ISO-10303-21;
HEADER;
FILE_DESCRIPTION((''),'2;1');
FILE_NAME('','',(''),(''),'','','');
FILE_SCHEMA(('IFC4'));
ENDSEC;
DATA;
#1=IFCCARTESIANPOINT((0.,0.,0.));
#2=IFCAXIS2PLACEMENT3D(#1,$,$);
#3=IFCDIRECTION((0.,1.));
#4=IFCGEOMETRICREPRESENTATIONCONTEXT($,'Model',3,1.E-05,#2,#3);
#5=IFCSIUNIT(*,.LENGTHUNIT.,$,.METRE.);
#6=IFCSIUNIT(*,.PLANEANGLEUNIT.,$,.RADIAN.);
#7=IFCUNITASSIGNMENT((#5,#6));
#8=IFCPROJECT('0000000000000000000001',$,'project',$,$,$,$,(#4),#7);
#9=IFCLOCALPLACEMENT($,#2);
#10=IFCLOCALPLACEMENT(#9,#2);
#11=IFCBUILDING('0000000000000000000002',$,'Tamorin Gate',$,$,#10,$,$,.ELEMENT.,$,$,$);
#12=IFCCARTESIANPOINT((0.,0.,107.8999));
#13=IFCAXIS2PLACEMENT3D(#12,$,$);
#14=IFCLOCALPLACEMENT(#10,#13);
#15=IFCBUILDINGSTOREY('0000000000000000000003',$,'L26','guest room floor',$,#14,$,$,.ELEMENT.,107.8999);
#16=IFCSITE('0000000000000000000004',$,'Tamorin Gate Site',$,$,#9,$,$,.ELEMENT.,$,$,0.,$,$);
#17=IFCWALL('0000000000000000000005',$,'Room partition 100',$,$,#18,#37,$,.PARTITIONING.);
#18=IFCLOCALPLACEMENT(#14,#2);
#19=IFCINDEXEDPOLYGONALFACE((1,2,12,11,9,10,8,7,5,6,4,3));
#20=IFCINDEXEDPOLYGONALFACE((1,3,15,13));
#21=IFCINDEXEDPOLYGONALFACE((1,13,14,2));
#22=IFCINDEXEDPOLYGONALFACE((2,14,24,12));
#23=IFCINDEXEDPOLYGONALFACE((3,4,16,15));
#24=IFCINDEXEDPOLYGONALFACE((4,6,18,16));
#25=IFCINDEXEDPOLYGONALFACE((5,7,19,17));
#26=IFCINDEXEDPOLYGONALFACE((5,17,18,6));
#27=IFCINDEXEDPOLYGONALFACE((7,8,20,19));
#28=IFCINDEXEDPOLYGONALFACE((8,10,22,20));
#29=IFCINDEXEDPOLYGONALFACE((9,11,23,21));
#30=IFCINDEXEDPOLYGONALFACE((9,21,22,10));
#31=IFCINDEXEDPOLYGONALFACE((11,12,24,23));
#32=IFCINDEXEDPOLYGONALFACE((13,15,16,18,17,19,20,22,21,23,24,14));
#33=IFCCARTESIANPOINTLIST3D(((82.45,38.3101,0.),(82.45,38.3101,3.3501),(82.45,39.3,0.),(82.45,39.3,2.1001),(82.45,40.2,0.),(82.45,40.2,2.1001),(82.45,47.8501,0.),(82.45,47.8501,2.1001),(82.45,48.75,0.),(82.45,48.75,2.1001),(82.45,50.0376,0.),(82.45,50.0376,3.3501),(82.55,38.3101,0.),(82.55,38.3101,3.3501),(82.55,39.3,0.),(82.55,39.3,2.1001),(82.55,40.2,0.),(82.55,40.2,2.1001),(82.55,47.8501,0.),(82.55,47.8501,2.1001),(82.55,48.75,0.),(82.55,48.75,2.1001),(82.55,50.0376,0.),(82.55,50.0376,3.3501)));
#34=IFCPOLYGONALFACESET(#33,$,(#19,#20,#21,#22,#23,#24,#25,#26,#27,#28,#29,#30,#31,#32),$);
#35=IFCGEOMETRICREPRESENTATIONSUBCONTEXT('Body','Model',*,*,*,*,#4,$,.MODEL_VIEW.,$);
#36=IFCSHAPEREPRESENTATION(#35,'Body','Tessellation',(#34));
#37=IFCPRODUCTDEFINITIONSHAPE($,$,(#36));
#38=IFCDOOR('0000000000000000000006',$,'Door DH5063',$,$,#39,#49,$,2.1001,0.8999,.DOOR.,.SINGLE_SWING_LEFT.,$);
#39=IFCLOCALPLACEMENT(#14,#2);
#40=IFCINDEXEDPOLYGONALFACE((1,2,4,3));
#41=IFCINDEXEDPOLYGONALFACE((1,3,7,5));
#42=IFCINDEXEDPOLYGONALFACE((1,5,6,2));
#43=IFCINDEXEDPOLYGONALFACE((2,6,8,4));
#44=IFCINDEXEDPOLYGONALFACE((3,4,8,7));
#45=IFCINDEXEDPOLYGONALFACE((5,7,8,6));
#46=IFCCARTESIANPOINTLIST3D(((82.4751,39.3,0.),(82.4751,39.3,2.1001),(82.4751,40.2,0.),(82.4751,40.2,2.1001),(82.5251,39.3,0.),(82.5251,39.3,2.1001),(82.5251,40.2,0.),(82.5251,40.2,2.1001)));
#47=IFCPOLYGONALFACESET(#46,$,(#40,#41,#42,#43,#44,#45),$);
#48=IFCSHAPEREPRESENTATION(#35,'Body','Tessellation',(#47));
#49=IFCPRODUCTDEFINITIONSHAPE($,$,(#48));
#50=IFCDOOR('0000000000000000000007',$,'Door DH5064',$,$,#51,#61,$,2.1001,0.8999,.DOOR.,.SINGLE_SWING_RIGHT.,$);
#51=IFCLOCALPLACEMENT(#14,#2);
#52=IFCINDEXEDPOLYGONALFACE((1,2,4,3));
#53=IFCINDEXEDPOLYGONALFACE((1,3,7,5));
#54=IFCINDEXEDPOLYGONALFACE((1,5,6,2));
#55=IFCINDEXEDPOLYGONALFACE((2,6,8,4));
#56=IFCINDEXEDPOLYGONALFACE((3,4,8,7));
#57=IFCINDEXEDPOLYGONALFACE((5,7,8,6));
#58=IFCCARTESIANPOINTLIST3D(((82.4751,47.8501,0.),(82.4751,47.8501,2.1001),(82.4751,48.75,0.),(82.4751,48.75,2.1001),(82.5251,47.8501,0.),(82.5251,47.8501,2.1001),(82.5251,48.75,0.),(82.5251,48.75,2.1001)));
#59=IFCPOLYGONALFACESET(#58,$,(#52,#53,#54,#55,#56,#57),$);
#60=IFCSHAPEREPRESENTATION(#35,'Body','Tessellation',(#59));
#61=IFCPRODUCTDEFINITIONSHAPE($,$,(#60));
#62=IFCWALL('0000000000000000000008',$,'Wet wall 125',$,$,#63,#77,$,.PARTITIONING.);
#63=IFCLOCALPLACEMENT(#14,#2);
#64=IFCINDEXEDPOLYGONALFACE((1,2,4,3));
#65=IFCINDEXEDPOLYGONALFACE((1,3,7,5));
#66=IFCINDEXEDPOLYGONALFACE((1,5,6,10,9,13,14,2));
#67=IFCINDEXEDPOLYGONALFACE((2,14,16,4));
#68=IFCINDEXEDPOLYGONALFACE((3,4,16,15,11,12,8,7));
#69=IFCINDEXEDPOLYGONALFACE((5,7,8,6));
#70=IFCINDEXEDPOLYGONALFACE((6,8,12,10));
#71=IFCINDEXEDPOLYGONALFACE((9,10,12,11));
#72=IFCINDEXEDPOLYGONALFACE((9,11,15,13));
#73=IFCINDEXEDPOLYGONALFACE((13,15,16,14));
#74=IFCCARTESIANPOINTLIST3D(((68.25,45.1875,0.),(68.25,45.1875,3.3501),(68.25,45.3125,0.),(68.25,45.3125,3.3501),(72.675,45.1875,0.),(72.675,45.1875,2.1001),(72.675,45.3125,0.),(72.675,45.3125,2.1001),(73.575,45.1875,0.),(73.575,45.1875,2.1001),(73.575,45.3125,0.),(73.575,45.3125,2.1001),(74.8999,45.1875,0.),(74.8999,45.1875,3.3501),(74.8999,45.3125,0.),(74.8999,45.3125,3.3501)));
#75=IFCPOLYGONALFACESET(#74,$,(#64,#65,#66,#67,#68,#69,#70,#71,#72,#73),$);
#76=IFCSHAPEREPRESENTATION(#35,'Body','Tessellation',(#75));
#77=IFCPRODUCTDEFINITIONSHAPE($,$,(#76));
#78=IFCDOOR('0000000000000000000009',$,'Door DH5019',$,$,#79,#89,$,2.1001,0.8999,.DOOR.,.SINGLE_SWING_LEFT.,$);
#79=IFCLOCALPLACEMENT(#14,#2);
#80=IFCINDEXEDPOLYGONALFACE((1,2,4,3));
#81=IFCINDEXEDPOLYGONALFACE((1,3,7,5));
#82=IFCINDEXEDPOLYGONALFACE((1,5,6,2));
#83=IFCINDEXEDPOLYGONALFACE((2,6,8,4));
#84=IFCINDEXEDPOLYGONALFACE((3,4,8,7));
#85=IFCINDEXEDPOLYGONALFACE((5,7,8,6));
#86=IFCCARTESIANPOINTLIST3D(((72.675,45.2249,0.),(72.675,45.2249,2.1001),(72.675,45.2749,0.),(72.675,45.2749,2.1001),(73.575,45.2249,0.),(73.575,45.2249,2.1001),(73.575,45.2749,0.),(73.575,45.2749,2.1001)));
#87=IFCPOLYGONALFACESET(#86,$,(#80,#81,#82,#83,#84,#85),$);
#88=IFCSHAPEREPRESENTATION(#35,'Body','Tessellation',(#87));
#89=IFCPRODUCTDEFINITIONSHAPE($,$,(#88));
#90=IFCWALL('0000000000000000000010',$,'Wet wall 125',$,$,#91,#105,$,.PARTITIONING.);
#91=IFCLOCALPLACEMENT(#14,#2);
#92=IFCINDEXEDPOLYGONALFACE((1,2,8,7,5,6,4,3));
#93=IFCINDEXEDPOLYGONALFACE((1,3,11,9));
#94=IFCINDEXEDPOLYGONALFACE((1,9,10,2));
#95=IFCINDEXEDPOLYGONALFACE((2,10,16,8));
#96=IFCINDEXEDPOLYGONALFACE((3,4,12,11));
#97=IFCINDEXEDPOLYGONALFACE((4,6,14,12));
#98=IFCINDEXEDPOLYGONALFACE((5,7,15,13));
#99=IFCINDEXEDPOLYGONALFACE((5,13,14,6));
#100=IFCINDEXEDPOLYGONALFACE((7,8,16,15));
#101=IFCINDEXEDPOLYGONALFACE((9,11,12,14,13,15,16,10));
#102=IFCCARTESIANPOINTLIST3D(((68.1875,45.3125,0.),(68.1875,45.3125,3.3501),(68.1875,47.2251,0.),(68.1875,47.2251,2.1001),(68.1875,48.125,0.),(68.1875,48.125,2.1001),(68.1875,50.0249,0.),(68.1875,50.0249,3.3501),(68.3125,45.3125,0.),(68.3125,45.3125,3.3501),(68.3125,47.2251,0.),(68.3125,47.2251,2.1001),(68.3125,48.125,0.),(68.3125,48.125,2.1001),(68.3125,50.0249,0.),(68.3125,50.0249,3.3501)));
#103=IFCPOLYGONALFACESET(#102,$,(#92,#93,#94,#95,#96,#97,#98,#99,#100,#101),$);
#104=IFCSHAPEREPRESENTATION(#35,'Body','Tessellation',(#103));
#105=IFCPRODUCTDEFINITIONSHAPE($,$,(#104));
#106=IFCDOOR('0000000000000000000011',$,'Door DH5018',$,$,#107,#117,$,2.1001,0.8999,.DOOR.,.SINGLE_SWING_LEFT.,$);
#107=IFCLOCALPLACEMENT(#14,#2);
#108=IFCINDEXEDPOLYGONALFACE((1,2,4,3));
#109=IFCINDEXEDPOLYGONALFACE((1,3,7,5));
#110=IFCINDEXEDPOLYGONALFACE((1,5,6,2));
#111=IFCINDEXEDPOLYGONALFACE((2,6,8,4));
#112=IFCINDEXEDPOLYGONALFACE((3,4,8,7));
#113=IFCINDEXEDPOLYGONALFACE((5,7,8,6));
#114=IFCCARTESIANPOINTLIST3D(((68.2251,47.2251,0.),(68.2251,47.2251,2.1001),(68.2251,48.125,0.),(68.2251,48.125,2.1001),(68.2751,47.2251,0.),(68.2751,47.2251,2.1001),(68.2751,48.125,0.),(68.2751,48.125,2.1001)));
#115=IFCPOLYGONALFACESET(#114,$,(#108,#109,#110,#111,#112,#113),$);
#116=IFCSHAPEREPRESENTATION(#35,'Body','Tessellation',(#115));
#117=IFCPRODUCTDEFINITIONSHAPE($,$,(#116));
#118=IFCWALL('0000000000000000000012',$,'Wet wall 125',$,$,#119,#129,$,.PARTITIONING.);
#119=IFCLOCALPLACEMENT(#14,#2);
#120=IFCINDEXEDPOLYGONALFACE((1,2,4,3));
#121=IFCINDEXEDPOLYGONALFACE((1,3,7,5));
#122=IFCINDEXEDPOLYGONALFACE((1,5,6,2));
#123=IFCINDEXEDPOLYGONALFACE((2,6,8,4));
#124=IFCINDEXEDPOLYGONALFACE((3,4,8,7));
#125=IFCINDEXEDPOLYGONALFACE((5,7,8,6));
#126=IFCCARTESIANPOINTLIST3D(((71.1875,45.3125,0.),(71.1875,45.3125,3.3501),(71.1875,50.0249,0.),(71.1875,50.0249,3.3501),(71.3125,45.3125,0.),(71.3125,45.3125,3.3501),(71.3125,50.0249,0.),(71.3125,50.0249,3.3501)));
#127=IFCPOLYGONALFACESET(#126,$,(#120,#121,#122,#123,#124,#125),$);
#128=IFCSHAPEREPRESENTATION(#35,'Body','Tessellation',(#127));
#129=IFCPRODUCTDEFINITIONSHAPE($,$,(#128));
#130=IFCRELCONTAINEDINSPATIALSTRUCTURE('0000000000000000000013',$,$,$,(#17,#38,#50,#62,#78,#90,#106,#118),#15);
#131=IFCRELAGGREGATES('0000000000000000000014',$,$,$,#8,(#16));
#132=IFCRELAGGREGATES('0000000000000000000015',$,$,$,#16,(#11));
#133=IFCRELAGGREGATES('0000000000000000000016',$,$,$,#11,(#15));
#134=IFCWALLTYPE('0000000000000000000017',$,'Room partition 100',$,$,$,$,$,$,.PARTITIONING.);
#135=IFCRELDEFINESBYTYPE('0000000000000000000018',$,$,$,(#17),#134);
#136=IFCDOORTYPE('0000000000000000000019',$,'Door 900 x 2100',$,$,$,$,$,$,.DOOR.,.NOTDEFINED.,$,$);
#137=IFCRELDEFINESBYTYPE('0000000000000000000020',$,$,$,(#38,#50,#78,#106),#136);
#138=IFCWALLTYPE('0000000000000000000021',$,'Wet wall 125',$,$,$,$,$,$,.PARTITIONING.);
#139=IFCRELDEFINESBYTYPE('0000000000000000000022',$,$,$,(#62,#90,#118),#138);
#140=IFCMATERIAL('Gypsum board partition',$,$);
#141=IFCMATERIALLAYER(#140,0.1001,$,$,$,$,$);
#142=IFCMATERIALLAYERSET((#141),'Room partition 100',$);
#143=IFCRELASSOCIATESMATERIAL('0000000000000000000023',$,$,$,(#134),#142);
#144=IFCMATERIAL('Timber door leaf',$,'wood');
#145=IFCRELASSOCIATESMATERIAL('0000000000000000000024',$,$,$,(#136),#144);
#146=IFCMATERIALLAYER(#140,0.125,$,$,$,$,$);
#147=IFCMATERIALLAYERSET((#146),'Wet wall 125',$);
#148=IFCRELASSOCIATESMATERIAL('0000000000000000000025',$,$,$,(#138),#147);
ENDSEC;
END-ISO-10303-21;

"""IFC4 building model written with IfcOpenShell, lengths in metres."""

from ifc_helpers import new_model, si_unit, direction, frame, frame_2d, origin, place, context, subcontext, project, spatial, rectangle, extrude, material, layer, layer_set, type_object, element, fill, save


model = new_model("IFC4")

# Units and contexts
model_context = context("Model", 3, precision=1e-05, world=origin(), true_north=direction((0.0, 1.0)))
body_context = subcontext(model_context, "Body", "Model", "MODEL_VIEW")
ifc_project = project(units=[si_unit("LENGTHUNIT", "METRE"), si_unit("PLANEANGLEUNIT", "RADIAN")], contexts=[model_context])

# Site, building, storey
site_placement = place(None, origin())
site = spatial("IfcSite", under=ifc_project, at=site_placement, Name="Tamorin Gate Site", CompositionType="ELEMENT", RefElevation=0.0)
building_placement = place(site_placement, origin())
building = spatial("IfcBuilding", under=site, at=building_placement, Name="Tamorin Gate", CompositionType="ELEMENT")
storey_placement = place(building_placement, frame((0.0, 0.0, 107.8999)))
storey = spatial("IfcBuildingStorey", under=building, at=storey_placement, Name="L26", Description="guest room floor", CompositionType="ELEMENT", Elevation=107.8999)

# Shared definitions
ifc_material_1 = material(Name="Gypsum board partition")
ifc_layer_1 = layer(ifc_material_1, 0.1001)
ifc_layer_set_1 = layer_set([ifc_layer_1], Name="Room partition 100")
wall_type_1 = type_object("IfcWallType", Name="Room partition 100", PredefinedType="PARTITIONING", material=ifc_layer_set_1)

# Shared definitions
ifc_material_2 = material(Name="Timber door leaf", Category="wood")
door_type = type_object("IfcDoorType", Name="Door 900 x 2100", OperationType="NOTDEFINED", PredefinedType="DOOR", material=ifc_material_2)

# Wall, openings, doors
wall_1_placement = place(storey_placement, frame((82.5, 38.3101, 0.0), z_axis=(0.0, 0.0, 1.0), x_axis=(0.0, 1.0, 0.0)))
wall_1 = element("IfcWall", 1, at=wall_1_placement, inside=storey, type_object=wall_type_1, Name="Room partition 100", PredefinedType="PARTITIONING", context=body_context, shape_type="SweptSolid", body=[
    extrude(rectangle(XDim=11.7275, YDim=0.1001, at=frame_2d((5.8638, 0.0))), origin(), (0.0, 0.0, 1.0), 3.3501),
])
opening_1_placement = place(wall_1_placement, frame((0.99, 0.0, 0.0)))
opening_1 = element("IfcOpeningElement", 2, at=opening_1_placement, cuts=wall_1, PredefinedType="OPENING", context=body_context, shape_type="SweptSolid", body=[
    extrude(rectangle(XDim=0.8999, YDim=2.1001, at=frame_2d((0.45, 1.05))), frame((0.0, 0.0601, 0.0), z_axis=(0.0, -1.0, 0.0), x_axis=(1.0, 0.0, 0.0)), (0.0, 0.0, 1.0), 0.1201),
])
opening_2_placement = place(wall_1_placement, frame((9.54, 0.0, 0.0)))
opening_2 = element("IfcOpeningElement", 3, at=opening_2_placement, cuts=wall_1, PredefinedType="OPENING", context=body_context, shape_type="SweptSolid", body=[
    extrude(rectangle(XDim=0.8999, YDim=2.1001, at=frame_2d((0.45, 1.05))), frame((0.0, 0.0601, 0.0), z_axis=(0.0, -1.0, 0.0), x_axis=(1.0, 0.0, 0.0)), (0.0, 0.0, 1.0), 0.1201),
])
door_1_placement = place(opening_1_placement, origin())
door_1 = element("IfcDoor", 4, at=door_1_placement, inside=storey, type_object=door_type, Name="Door DH5063", OperationType="SINGLE_SWING_LEFT", OverallHeight=2.1001, OverallWidth=0.8999, PredefinedType="DOOR", context=body_context, shape_type="SweptSolid", body=[
    extrude(rectangle(XDim=0.8999, YDim=2.1001, at=frame_2d((0.45, 1.05))), frame((0.0, 0.0249, 0.0), z_axis=(0.0, -1.0, 0.0), x_axis=(1.0, 0.0, 0.0)), (0.0, 0.0, 1.0), 0.05),
])
fill(opening_1, door_1)
door_2_placement = place(opening_2_placement, origin())
door_2 = element("IfcDoor", 5, at=door_2_placement, inside=storey, type_object=door_type, Name="Door DH5064", OperationType="SINGLE_SWING_RIGHT", OverallHeight=2.1001, OverallWidth=0.8999, PredefinedType="DOOR", context=body_context, shape_type="SweptSolid", body=[
    extrude(rectangle(XDim=0.8999, YDim=2.1001, at=frame_2d((0.45, 1.05))), frame((0.0, 0.0249, 0.0), z_axis=(0.0, -1.0, 0.0), x_axis=(1.0, 0.0, 0.0)), (0.0, 0.0, 1.0), 0.05),
])
fill(opening_2, door_2)

# Walls, openings, doors
ifc_layer_2 = layer(ifc_material_1, 0.125)
ifc_layer_set_2 = layer_set([ifc_layer_2], Name="Wet wall 125")
wall_type_2 = type_object("IfcWallType", Name="Wet wall 125", PredefinedType="PARTITIONING", material=ifc_layer_set_2)
wall_2_placement = place(storey_placement, frame((68.25, 45.25, 0.0), z_axis=(0.0, 0.0, 1.0), x_axis=(1.0, 0.0, 0.0)))
wall_2 = element("IfcWall", 6, at=wall_2_placement, inside=storey, type_object=wall_type_2, Name="Wet wall 125", PredefinedType="PARTITIONING", context=body_context, shape_type="SweptSolid", body=[
    extrude(rectangle(XDim=6.6499, YDim=0.125, at=frame_2d((3.325, 0.0))), origin(), (0.0, 0.0, 1.0), 3.3501),
])
opening_3_placement = place(wall_2_placement, frame((4.425, 0.0, 0.0)))
opening_3 = element("IfcOpeningElement", 7, at=opening_3_placement, cuts=wall_2, PredefinedType="OPENING", context=body_context, shape_type="SweptSolid", body=[
    extrude(rectangle(XDim=0.8999, YDim=2.1001, at=frame_2d((0.45, 1.05))), frame((0.0, 0.0725, 0.0), z_axis=(0.0, -1.0, 0.0), x_axis=(1.0, 0.0, 0.0)), (0.0, 0.0, 1.0), 0.145),
])
door_3_placement = place(opening_3_placement, origin())
door_3 = element("IfcDoor", 8, at=door_3_placement, inside=storey, type_object=door_type, Name="Door DH5019", OperationType="SINGLE_SWING_LEFT", OverallHeight=2.1001, OverallWidth=0.8999, PredefinedType="DOOR", context=body_context, shape_type="SweptSolid", body=[
    extrude(rectangle(XDim=0.8999, YDim=2.1001, at=frame_2d((0.45, 1.05))), frame((0.0, 0.0249, 0.0), z_axis=(0.0, -1.0, 0.0), x_axis=(1.0, 0.0, 0.0)), (0.0, 0.0, 1.0), 0.05),
])
fill(opening_3, door_3)
wall_3_placement = place(storey_placement, frame((68.25, 45.3125, 0.0), z_axis=(0.0, 0.0, 1.0), x_axis=(0.0, 1.0, 0.0)))
wall_3 = element("IfcWall", 9, at=wall_3_placement, inside=storey, type_object=wall_type_2, Name="Wet wall 125", PredefinedType="PARTITIONING", context=body_context, shape_type="SweptSolid", body=[
    extrude(rectangle(XDim=4.7124, YDim=0.125, at=frame_2d((2.3562, 0.0))), origin(), (0.0, 0.0, 1.0), 3.3501),
])
opening_4_placement = place(wall_3_placement, frame((1.9126, 0.0, 0.0)))
opening_4 = element("IfcOpeningElement", 10, at=opening_4_placement, cuts=wall_3, PredefinedType="OPENING", context=body_context, shape_type="SweptSolid", body=[
    extrude(rectangle(XDim=0.8999, YDim=2.1001, at=frame_2d((0.45, 1.05))), frame((0.0, 0.0725, 0.0), z_axis=(0.0, -1.0, 0.0), x_axis=(1.0, 0.0, 0.0)), (0.0, 0.0, 1.0), 0.145),
])
door_4_placement = place(opening_4_placement, origin())
door_4 = element("IfcDoor", 11, at=door_4_placement, inside=storey, type_object=door_type, Name="Door DH5018", OperationType="SINGLE_SWING_LEFT", OverallHeight=2.1001, OverallWidth=0.8999, PredefinedType="DOOR", context=body_context, shape_type="SweptSolid", body=[
    extrude(rectangle(XDim=0.8999, YDim=2.1001, at=frame_2d((0.45, 1.05))), frame((0.0, 0.0249, 0.0), z_axis=(0.0, -1.0, 0.0), x_axis=(1.0, 0.0, 0.0)), (0.0, 0.0, 1.0), 0.05),
])
fill(opening_4, door_4)

# Wall
wall_4_placement = place(storey_placement, frame((71.25, 45.3125, 0.0), z_axis=(0.0, 0.0, 1.0), x_axis=(0.0, 1.0, 0.0)))
element("IfcWall", 12, at=wall_4_placement, inside=storey, type_object=wall_type_2, Name="Wet wall 125", PredefinedType="PARTITIONING", context=body_context, shape_type="SweptSolid", body=[
    extrude(rectangle(XDim=4.7124, YDim=0.125, at=frame_2d((2.3562, 0.0))), origin(), (0.0, 0.0, 1.0), 3.3501),
])

save(model, "model.ifc")
